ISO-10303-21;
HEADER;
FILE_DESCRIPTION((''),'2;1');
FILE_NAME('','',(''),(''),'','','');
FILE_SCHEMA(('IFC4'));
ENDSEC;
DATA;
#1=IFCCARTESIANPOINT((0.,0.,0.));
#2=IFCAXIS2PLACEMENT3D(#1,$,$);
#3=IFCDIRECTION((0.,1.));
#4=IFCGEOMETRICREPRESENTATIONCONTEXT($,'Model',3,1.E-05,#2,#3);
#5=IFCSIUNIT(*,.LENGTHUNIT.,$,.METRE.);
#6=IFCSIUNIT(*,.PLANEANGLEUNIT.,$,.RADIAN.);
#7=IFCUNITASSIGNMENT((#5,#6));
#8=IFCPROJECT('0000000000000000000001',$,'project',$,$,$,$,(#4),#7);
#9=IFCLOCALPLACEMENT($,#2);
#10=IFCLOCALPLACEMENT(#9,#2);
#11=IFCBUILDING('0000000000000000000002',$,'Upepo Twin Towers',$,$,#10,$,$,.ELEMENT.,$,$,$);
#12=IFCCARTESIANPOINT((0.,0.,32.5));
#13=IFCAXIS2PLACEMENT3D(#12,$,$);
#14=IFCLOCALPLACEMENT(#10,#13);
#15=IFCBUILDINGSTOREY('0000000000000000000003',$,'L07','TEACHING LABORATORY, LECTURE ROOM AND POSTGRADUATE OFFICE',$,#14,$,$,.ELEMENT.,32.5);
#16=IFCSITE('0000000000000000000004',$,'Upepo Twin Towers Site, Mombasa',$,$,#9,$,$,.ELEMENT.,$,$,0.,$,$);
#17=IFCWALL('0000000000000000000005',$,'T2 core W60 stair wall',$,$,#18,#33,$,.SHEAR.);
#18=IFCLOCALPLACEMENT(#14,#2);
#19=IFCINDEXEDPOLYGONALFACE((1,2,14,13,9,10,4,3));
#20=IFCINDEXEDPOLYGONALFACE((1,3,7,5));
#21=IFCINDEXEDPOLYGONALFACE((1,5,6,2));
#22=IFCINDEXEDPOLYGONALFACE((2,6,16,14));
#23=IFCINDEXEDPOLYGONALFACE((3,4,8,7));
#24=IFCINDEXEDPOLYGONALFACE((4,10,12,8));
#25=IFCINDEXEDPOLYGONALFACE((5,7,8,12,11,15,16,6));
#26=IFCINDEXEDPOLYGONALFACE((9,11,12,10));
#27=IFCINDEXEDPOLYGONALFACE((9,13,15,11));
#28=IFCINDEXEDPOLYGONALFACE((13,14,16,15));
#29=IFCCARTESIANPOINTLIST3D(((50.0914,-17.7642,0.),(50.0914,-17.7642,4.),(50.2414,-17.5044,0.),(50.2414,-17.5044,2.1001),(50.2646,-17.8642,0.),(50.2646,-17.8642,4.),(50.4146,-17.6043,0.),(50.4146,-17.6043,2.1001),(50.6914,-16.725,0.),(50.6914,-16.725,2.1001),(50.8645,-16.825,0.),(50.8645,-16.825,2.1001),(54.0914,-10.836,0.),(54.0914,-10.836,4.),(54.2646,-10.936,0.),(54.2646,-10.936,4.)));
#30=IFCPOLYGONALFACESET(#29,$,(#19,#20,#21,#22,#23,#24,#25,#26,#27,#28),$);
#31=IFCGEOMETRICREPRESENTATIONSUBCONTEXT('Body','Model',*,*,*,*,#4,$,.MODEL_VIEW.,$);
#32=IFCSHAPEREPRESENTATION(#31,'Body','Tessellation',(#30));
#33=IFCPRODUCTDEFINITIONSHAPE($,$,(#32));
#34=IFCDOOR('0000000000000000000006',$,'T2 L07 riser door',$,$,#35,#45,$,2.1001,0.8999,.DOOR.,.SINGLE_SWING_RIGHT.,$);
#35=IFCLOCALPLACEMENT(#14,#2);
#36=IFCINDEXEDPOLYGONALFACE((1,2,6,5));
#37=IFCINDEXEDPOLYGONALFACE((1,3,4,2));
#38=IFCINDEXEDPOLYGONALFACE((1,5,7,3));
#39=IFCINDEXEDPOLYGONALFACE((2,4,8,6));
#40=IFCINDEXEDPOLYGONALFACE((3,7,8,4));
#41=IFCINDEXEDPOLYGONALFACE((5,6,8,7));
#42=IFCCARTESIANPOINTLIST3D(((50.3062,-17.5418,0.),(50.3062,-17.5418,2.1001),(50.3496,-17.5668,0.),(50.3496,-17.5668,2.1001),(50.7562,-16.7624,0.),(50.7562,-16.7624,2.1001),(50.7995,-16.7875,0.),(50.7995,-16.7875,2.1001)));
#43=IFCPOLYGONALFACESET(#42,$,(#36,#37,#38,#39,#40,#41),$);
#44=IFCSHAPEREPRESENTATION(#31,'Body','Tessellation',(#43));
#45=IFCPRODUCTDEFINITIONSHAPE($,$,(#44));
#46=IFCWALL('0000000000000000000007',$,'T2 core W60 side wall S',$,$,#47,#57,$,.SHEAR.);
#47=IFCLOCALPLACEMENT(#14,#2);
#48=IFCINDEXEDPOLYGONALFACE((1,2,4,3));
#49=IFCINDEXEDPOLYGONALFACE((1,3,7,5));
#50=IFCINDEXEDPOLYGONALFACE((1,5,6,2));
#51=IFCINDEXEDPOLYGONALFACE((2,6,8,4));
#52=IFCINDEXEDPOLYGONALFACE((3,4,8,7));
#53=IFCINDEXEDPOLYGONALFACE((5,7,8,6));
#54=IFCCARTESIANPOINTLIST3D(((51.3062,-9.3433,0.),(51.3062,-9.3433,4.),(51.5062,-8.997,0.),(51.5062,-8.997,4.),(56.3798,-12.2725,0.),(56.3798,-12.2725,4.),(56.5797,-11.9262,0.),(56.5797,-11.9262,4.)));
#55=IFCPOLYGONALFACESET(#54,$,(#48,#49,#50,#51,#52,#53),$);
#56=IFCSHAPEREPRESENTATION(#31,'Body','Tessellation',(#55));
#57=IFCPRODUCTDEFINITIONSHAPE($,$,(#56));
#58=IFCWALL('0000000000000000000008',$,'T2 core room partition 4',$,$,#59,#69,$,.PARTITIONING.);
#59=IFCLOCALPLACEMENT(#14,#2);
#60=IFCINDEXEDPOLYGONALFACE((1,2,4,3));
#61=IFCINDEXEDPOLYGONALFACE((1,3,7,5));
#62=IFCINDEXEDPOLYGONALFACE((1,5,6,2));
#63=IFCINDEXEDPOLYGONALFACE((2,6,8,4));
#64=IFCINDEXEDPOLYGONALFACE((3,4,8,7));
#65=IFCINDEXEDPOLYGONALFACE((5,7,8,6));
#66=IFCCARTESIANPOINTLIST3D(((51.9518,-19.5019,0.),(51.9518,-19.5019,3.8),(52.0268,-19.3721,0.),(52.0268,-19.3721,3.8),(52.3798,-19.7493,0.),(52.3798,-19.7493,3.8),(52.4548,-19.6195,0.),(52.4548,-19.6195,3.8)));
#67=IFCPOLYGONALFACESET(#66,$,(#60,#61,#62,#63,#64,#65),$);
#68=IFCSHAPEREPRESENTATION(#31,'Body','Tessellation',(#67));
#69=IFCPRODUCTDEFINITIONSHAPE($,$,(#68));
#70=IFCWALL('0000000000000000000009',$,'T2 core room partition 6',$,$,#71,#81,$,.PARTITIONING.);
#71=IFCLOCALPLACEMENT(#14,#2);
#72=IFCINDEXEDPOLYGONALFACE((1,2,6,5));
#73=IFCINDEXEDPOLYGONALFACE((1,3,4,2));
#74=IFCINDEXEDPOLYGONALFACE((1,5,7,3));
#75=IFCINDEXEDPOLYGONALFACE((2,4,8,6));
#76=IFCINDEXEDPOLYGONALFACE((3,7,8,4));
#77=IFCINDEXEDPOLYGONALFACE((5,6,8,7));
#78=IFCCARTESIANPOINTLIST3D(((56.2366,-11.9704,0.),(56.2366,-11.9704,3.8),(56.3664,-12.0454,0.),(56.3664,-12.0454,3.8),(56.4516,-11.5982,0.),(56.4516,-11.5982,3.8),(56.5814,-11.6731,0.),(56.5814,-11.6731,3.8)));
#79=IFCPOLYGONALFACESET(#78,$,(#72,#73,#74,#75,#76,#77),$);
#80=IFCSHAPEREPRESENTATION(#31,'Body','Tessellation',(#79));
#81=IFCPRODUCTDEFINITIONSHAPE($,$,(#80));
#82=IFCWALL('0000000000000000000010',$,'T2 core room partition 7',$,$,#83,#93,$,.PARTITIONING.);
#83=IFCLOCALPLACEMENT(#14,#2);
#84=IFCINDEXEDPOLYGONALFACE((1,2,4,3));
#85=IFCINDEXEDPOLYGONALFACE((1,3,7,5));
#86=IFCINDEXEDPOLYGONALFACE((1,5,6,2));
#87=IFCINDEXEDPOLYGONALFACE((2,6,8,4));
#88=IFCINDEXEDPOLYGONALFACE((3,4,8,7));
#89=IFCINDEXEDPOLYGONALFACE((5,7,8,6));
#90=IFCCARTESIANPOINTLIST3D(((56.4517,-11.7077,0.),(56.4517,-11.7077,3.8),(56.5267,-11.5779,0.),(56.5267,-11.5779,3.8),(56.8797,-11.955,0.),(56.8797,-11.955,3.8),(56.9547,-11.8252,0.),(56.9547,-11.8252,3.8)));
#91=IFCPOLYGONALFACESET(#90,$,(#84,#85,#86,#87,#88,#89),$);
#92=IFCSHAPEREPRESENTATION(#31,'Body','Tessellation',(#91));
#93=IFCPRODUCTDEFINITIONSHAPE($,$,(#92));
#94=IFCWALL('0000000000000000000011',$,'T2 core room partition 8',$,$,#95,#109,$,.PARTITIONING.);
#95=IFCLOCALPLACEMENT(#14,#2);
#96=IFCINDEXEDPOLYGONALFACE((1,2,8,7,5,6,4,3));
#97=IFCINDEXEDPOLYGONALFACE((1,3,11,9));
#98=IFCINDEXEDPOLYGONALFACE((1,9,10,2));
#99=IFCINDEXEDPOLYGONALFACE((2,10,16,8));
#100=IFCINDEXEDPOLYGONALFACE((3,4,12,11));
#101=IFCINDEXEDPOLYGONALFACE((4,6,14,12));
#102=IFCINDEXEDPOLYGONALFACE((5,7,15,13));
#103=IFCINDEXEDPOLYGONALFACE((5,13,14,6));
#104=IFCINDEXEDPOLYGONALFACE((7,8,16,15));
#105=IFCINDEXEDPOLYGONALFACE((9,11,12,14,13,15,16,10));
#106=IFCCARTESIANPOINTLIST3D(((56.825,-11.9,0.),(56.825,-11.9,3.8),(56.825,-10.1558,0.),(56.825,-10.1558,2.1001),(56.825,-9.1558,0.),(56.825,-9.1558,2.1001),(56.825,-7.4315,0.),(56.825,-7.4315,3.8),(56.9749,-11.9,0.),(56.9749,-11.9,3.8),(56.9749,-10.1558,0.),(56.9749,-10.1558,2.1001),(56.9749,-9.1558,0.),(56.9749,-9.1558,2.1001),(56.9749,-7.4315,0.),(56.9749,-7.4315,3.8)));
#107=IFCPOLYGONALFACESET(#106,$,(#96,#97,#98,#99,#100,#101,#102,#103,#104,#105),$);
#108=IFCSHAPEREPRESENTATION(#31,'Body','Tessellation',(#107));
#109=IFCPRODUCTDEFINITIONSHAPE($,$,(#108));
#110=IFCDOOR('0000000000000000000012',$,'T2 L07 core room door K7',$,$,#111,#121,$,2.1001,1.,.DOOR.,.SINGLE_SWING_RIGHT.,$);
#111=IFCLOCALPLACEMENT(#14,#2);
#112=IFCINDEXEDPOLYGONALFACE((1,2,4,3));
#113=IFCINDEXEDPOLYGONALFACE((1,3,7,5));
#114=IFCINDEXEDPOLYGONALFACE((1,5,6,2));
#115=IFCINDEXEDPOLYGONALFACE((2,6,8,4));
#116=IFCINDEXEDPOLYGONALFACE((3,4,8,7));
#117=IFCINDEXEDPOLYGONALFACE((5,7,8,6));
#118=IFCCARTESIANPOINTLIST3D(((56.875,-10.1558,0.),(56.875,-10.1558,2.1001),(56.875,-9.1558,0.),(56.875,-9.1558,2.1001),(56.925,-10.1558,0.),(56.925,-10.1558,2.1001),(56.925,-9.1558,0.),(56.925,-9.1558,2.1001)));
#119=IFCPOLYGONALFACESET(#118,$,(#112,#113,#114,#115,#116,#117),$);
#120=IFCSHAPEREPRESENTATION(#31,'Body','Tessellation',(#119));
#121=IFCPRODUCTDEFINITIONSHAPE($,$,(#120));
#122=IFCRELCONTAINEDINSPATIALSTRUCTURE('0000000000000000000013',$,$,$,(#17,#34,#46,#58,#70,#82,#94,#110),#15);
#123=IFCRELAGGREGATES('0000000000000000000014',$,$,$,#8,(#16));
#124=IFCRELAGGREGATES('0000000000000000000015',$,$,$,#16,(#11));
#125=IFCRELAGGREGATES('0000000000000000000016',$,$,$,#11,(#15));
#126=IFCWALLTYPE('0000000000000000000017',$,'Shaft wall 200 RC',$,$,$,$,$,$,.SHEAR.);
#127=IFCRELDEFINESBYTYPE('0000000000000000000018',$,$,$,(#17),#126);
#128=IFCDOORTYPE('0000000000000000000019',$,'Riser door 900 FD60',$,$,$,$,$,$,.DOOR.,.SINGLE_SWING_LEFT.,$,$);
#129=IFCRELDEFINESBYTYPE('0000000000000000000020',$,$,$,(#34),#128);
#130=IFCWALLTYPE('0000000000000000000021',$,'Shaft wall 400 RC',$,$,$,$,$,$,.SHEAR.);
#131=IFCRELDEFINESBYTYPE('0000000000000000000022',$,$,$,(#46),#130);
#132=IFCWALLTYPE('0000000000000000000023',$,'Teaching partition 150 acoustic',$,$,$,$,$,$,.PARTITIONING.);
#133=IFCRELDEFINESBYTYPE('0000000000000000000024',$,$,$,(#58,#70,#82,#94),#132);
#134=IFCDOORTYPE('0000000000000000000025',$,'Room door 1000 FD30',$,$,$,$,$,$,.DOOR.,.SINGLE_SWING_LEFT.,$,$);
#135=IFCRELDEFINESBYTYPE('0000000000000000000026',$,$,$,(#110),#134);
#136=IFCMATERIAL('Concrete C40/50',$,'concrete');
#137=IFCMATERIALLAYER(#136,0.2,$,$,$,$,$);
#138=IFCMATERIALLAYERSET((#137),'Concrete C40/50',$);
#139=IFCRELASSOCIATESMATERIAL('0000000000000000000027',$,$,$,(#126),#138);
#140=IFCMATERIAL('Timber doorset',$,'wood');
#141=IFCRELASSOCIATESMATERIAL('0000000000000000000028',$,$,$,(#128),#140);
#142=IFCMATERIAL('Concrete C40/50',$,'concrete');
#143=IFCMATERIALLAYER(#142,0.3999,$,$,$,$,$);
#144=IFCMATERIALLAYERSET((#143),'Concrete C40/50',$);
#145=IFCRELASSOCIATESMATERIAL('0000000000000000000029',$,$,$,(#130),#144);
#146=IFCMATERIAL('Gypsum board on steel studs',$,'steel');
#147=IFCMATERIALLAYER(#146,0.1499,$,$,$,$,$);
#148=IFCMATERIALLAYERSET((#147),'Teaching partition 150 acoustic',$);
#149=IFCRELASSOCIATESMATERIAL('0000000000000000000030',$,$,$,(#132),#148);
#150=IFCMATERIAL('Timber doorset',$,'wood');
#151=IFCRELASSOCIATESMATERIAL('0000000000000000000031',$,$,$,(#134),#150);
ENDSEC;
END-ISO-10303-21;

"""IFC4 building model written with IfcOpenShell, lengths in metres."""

from ifc_helpers import new_model, si_unit, direction, frame, frame_2d, origin, place, context, subcontext, project, spatial, rectangle, extrude, material, layer, layer_set, type_object, element, fill, save


model = new_model("IFC4")

# Units and contexts
model_context = context("Model", 3, precision=1e-05, world=origin(), true_north=direction((0.0, 1.0)))
body_context = subcontext(model_context, "Body", "Model", "MODEL_VIEW")
ifc_project = project(units=[si_unit("LENGTHUNIT", "METRE"), si_unit("PLANEANGLEUNIT", "RADIAN")], contexts=[model_context])

# Site, building, storey
site_placement = place(None, origin())
site = spatial("IfcSite", under=ifc_project, at=site_placement, Name="Upepo Twin Towers Site, Mombasa", CompositionType="ELEMENT", RefElevation=0.0)
building_placement = place(site_placement, origin())
building = spatial("IfcBuilding", under=site, at=building_placement, Name="Upepo Twin Towers", CompositionType="ELEMENT")
storey_placement = place(building_placement, frame((0.0, 0.0, 32.5)))
storey = spatial("IfcBuildingStorey", under=building, at=storey_placement, Name="L07", Description="TEACHING LABORATORY, LECTURE ROOM AND POSTGRADUATE OFFICE", CompositionType="ELEMENT", Elevation=32.5)

# Shared definitions
ifc_material_1 = material(Name="Concrete C40/50", Category="concrete")
ifc_layer_1 = layer(ifc_material_1, 0.2)
ifc_layer_set_1 = layer_set([ifc_layer_1], Name="Concrete C40/50")
wall_type_1 = type_object("IfcWallType", Name="Shaft wall 200 RC", PredefinedType="SHEAR", material=ifc_layer_set_1)

# Wall, opening, door
wall_1_placement = place(storey_placement, frame((54.178, -10.886, 0.0), z_axis=(0.0, 0.0, 1.0), x_axis=(-0.499999, -0.866026, 0.0)))
wall_1 = element("IfcWall", 1, at=wall_1_placement, inside=storey, type_object=wall_type_1, Name="T2 core W60 stair wall", PredefinedType="SHEAR", context=body_context, shape_type="SweptSolid", body=[
    extrude(rectangle(XDim=8.0, YDim=0.2, at=frame_2d((4.0, 0.0))), origin(), (0.0, 0.0, 1.0), 4.0),
])
opening_1_placement = place(wall_1_placement, frame((6.8, 0.0, 0.0)))
opening_1 = element("IfcOpeningElement", 2, at=opening_1_placement, cuts=wall_1, PredefinedType="OPENING", context=body_context, shape_type="SweptSolid", body=[
    extrude(rectangle(XDim=0.8999, YDim=2.1001, at=frame_2d((0.45, 1.05))), frame((0.0, 0.1099, 0.0), z_axis=(0.0, -1.0, 0.0), x_axis=(1.0, 0.0, 0.0)), (0.0, 0.0, 1.0), 0.22),
])
ifc_material_2 = material(Name="Timber doorset", Category="wood")
door_type_1 = type_object("IfcDoorType", Name="Riser door 900 FD60", OperationType="SINGLE_SWING_LEFT", PredefinedType="DOOR", material=ifc_material_2)
door_1_placement = place(opening_1_placement, origin())
door_1 = element("IfcDoor", 3, at=door_1_placement, inside=storey, type_object=door_type_1, Name="T2 L07 riser door", OperationType="SINGLE_SWING_RIGHT", OverallHeight=2.1001, OverallWidth=0.8999, PredefinedType="DOOR", context=body_context, shape_type="SweptSolid", body=[
    extrude(rectangle(XDim=0.8999, YDim=2.1001, at=frame_2d((0.45, 1.05))), frame((0.0, 0.0249, 0.0), z_axis=(0.0, -1.0, 0.0), x_axis=(1.0, 0.0, 0.0)), (0.0, 0.0, 1.0), 0.05),
])
fill(opening_1, door_1)

# Walls
ifc_material_3 = material(Name="Concrete C40/50", Category="concrete")
ifc_layer_2 = layer(ifc_material_3, 0.3999)
ifc_layer_set_2 = layer_set([ifc_layer_2], Name="Concrete C40/50")
wall_type_2 = type_object("IfcWallType", Name="Shaft wall 400 RC", PredefinedType="SHEAR", material=ifc_layer_set_2)
wall_2_placement = place(storey_placement, frame((56.4797, -12.0994, 0.0), z_axis=(0.0, 0.0, 1.0), x_axis=(-0.866024, 0.500003, 0.0)))
element("IfcWall", 4, at=wall_2_placement, inside=storey, type_object=wall_type_2, Name="T2 core W60 side wall S", PredefinedType="SHEAR", context=body_context, shape_type="SweptSolid", body=[
    extrude(rectangle(XDim=5.8584, YDim=0.3999, at=frame_2d((2.9292, 0.0))), origin(), (0.0, 0.0, 1.0), 4.0),
])
ifc_material_4 = material(Name="Gypsum board on steel studs", Category="steel")
ifc_layer_3 = layer(ifc_material_4, 0.1499)
ifc_layer_set_3 = layer_set([ifc_layer_3], Name="Teaching partition 150 acoustic")
wall_type_3 = type_object("IfcWallType", Name="Teaching partition 150 acoustic", PredefinedType="PARTITIONING", material=ifc_layer_set_3)
wall_3_placement = place(storey_placement, frame((52.4172, -19.6843, 0.0), z_axis=(0.0, 0.0, 1.0), x_axis=(-0.865832, 0.500335, 0.0)))
element("IfcWall", 5, at=wall_3_placement, inside=storey, type_object=wall_type_3, Name="T2 core room partition 4", PredefinedType="PARTITIONING", context=body_context, shape_type="SweptSolid", body=[
    extrude(rectangle(XDim=0.4944, YDim=0.1499, at=frame_2d((0.2471, 0.0))), origin(), (0.0, 0.0, 1.0), 3.8),
])
wall_4_placement = place(storey_placement, frame((56.3015, -12.0078, 0.0), z_axis=(0.0, 0.0, 1.0), x_axis=(0.50023, 0.865892, 0.0)))
element("IfcWall", 6, at=wall_4_placement, inside=storey, type_object=wall_type_3, Name="T2 core room partition 6", PredefinedType="PARTITIONING", context=body_context, shape_type="SweptSolid", body=[
    extrude(rectangle(XDim=0.4299, YDim=0.1499, at=frame_2d((0.2148, 0.0))), origin(), (0.0, 0.0, 1.0), 3.8),
])
wall_5_placement = place(storey_placement, frame((56.4893, -11.6428, 0.0), z_axis=(0.0, 0.0, 1.0), x_axis=(0.865832, -0.500335, 0.0)))
element("IfcWall", 7, at=wall_5_placement, inside=storey, type_object=wall_type_3, Name="T2 core room partition 7", PredefinedType="PARTITIONING", context=body_context, shape_type="SweptSolid", body=[
    extrude(rectangle(XDim=0.4944, YDim=0.1499, at=frame_2d((0.2471, 0.0))), origin(), (0.0, 0.0, 1.0), 3.8),
])

# Wall, opening, door
wall_6_placement = place(storey_placement, frame((56.8999, -11.9001, 0.0), z_axis=(0.0, 0.0, 1.0), x_axis=(0.0, 1.0, 0.0)))
wall_6 = element("IfcWall", 8, at=wall_6_placement, inside=storey, type_object=wall_type_3, Name="T2 core room partition 8", PredefinedType="PARTITIONING", context=body_context, shape_type="SweptSolid", body=[
    extrude(rectangle(XDim=4.4685, YDim=0.1499, at=frame_2d((2.2344, 0.0))), origin(), (0.0, 0.0, 1.0), 3.8),
])
opening_2_placement = place(wall_6_placement, frame((1.7444, 0.0, 0.0)))
opening_2 = element("IfcOpeningElement", 9, at=opening_2_placement, cuts=wall_6, PredefinedType="OPENING", context=body_context, shape_type="SweptSolid", body=[
    extrude(rectangle(XDim=1.0, YDim=2.1001, at=frame_2d((0.5, 1.05))), frame((0.0, 0.085, 0.0), z_axis=(0.0, -1.0, 0.0), x_axis=(1.0, 0.0, 0.0)), (0.0, 0.0, 1.0), 0.1699),
])
ifc_material_5 = material(Name="Timber doorset", Category="wood")
door_type_2 = type_object("IfcDoorType", Name="Room door 1000 FD30", OperationType="SINGLE_SWING_LEFT", PredefinedType="DOOR", material=ifc_material_5)
door_2_placement = place(opening_2_placement, origin())
door_2 = element("IfcDoor", 10, at=door_2_placement, inside=storey, type_object=door_type_2, Name="T2 L07 core room door K7", OperationType="SINGLE_SWING_RIGHT", OverallHeight=2.1001, OverallWidth=1.0, PredefinedType="DOOR", context=body_context, shape_type="SweptSolid", body=[
    extrude(rectangle(XDim=1.0, YDim=2.1001, at=frame_2d((0.5, 1.05))), frame((0.0, 0.0249, 0.0), z_axis=(0.0, -1.0, 0.0), x_axis=(1.0, 0.0, 0.0)), (0.0, 0.0, 1.0), 0.05),
])
fill(opening_2, door_2)

save(model, "model.ifc")
